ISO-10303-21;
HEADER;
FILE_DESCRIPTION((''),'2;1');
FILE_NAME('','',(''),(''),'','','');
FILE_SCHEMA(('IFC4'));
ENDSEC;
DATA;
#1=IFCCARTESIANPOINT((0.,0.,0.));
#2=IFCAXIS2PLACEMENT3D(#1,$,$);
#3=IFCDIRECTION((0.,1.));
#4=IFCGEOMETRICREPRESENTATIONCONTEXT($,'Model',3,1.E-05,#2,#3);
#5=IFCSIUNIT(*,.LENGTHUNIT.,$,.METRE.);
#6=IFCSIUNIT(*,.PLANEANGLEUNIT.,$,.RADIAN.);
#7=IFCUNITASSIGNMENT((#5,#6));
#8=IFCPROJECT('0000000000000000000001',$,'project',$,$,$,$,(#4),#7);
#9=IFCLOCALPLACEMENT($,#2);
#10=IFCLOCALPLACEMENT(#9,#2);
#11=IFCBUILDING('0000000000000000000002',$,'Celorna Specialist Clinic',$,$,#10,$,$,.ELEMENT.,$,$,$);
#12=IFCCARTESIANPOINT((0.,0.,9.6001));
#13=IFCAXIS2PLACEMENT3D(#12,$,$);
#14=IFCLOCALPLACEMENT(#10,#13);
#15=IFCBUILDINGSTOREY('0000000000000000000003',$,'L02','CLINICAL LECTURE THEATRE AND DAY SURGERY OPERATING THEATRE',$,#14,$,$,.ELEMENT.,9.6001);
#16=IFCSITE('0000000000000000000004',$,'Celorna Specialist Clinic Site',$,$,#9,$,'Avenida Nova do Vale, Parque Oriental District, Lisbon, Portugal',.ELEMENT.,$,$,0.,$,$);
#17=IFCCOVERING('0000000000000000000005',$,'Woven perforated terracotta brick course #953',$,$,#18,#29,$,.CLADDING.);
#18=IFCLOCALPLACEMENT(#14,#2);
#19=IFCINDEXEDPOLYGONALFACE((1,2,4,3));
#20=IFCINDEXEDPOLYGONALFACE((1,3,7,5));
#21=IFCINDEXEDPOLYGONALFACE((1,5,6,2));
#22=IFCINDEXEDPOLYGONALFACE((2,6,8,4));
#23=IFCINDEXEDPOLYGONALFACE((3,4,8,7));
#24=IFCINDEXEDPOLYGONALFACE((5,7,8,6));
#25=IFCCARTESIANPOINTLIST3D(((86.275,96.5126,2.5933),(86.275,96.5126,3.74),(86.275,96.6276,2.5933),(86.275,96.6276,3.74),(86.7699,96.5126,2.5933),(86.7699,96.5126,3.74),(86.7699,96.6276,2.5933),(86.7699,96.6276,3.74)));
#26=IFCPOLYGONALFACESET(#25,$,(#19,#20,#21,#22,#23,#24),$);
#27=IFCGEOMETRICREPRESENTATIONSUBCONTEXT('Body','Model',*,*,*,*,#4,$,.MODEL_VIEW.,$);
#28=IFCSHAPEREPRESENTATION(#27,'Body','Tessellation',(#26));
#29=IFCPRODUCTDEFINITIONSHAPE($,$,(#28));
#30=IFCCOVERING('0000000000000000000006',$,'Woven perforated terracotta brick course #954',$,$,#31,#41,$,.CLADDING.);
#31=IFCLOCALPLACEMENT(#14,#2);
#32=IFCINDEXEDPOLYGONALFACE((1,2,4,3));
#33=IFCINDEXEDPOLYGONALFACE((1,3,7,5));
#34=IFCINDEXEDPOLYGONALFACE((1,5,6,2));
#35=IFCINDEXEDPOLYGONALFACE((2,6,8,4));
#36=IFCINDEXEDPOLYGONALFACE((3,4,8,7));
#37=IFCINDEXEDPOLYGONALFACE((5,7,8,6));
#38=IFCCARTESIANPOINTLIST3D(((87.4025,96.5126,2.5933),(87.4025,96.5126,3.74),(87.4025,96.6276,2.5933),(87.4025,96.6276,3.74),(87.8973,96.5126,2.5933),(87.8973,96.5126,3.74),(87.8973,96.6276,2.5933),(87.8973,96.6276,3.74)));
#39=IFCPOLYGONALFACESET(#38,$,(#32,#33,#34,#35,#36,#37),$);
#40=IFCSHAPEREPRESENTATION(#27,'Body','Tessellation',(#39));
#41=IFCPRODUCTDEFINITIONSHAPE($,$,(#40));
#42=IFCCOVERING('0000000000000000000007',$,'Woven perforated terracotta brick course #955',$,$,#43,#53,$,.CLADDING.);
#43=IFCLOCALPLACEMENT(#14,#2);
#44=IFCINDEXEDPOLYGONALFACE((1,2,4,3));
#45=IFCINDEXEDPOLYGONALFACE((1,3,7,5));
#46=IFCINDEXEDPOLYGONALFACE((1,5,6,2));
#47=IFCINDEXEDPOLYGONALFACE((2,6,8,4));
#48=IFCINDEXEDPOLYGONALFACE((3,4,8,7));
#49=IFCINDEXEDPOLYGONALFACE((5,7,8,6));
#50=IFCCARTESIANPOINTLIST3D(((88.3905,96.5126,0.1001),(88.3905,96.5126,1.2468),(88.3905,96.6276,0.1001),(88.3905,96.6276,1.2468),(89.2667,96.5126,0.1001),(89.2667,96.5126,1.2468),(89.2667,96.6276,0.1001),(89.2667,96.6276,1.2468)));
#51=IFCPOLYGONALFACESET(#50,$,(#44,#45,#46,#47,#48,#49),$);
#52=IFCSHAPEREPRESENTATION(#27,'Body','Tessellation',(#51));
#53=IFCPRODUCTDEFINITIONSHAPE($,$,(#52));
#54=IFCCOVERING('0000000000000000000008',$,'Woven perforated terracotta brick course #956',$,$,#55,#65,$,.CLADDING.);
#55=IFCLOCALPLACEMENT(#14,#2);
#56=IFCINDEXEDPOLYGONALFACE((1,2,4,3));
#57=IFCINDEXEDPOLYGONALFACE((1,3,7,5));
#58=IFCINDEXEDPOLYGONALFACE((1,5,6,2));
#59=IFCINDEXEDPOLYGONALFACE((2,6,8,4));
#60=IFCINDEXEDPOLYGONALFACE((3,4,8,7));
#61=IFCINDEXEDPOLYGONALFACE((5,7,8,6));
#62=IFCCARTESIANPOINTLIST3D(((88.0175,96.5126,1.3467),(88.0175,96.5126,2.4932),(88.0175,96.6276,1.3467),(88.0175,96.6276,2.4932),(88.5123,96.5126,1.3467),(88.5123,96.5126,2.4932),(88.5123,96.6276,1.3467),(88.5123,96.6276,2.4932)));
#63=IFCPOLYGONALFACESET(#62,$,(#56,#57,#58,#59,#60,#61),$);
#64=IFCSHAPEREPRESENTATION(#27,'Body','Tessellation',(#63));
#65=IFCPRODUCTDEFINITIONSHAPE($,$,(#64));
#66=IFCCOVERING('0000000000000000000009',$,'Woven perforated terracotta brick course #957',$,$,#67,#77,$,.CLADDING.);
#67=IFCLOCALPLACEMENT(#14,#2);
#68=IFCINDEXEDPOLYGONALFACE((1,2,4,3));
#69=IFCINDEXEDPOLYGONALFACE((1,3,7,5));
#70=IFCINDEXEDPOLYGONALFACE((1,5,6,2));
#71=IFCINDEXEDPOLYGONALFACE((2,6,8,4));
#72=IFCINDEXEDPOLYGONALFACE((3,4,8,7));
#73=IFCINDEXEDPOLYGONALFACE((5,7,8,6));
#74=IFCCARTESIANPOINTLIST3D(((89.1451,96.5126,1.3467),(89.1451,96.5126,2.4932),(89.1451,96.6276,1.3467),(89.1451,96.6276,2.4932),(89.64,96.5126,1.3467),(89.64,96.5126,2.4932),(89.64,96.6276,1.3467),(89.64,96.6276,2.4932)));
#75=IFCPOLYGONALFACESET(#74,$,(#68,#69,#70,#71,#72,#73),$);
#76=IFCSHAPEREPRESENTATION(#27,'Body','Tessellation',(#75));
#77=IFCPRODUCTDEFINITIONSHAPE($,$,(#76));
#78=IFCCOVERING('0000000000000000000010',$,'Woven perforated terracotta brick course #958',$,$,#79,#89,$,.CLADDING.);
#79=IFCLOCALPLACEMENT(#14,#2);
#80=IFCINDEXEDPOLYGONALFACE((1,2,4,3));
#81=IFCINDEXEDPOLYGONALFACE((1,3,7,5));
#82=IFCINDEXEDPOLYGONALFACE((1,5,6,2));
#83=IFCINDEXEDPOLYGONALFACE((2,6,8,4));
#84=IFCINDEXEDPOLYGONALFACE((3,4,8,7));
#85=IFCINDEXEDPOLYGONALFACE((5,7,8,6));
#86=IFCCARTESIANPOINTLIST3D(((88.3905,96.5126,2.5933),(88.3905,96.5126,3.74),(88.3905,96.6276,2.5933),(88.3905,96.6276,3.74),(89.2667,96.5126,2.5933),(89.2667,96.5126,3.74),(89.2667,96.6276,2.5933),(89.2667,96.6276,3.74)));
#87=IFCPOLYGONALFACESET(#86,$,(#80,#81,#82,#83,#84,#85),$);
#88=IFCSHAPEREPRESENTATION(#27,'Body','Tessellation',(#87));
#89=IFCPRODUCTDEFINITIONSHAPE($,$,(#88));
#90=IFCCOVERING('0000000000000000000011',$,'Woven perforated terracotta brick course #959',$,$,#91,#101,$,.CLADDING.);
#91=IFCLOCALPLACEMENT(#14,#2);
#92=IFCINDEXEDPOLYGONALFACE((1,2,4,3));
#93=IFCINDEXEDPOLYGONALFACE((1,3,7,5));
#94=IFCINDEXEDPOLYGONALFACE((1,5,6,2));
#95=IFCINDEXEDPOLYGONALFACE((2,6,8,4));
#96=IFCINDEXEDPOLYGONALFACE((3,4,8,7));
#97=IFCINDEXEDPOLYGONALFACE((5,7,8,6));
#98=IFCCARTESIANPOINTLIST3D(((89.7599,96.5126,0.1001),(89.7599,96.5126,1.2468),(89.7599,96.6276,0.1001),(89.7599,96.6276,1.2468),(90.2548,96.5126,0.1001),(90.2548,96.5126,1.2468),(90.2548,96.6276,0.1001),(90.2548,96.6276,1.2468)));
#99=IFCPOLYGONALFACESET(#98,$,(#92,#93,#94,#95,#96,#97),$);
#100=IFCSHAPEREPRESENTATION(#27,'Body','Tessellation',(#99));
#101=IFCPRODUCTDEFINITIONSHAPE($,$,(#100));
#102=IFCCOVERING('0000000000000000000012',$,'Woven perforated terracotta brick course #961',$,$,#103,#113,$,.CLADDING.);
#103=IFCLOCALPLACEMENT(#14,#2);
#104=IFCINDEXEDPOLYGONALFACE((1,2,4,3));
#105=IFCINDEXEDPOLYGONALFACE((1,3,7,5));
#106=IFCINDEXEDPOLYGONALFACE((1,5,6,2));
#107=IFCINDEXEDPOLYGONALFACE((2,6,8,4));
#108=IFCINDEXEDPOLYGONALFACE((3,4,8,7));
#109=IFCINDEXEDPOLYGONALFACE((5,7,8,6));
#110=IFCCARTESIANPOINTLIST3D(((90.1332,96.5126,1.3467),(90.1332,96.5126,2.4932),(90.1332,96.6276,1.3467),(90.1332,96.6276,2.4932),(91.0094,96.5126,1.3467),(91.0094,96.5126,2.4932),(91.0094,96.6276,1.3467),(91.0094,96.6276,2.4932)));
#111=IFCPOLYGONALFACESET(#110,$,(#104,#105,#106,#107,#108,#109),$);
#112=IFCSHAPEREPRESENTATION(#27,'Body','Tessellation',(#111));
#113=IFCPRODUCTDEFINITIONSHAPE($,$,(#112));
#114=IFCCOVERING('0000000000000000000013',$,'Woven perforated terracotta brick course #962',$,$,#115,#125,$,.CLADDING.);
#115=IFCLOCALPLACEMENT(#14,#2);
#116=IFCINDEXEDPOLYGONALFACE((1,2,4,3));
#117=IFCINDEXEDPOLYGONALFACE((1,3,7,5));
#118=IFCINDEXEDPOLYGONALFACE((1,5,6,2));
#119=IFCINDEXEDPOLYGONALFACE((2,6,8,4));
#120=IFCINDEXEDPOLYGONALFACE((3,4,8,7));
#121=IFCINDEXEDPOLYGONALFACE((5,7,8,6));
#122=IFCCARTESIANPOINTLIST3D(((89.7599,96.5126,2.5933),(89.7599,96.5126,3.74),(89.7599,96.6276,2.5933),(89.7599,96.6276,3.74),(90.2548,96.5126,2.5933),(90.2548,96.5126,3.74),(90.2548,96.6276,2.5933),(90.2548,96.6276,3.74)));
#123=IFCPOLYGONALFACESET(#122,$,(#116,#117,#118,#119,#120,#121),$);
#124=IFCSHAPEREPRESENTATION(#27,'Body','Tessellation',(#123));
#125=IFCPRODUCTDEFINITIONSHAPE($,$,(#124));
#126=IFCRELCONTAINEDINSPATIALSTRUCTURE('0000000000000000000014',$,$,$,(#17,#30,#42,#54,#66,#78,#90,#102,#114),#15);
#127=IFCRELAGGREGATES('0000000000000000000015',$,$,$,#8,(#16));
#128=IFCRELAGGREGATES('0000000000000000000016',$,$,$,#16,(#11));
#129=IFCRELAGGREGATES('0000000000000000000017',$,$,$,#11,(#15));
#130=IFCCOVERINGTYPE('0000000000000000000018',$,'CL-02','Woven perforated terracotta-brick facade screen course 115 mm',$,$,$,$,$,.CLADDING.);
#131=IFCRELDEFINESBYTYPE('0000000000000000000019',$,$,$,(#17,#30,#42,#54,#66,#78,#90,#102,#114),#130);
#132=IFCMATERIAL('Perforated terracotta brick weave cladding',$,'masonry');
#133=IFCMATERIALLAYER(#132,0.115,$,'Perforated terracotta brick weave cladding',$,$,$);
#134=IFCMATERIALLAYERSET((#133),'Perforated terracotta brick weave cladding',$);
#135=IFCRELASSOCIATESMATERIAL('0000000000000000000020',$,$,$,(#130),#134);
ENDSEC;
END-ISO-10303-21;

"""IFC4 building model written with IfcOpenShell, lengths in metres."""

from ifc_helpers import new_model, si_unit, direction, frame, origin, origin_2d, place, context, subcontext, project, spatial, rectangle, extrude, material, layer, layer_set, type_object, element, save


model = new_model("IFC4")

# Units and contexts
model_context = context("Model", 3, precision=1e-05, world=origin(), true_north=direction((0.0, 1.0)))
body_context = subcontext(model_context, "Body", "Model", "MODEL_VIEW")
ifc_project = project(units=[si_unit("LENGTHUNIT", "METRE"), si_unit("PLANEANGLEUNIT", "RADIAN")], contexts=[model_context])

# Site, building, storey
site_placement = place(None, origin())
site = spatial("IfcSite", under=ifc_project, at=site_placement, Name="Celorna Specialist Clinic Site", LongName="Avenida Nova do Vale, Parque Oriental District, Lisbon, Portugal", CompositionType="ELEMENT", RefElevation=0.0)
building_placement = place(site_placement, origin())
building = spatial("IfcBuilding", under=site, at=building_placement, Name="Celorna Specialist Clinic", CompositionType="ELEMENT")
storey_placement = place(building_placement, frame((0.0, 0.0, 9.6001)))
storey = spatial("IfcBuildingStorey", under=building, at=storey_placement, Name="L02", Description="CLINICAL LECTURE THEATRE AND DAY SURGERY OPERATING THEATRE", CompositionType="ELEMENT", Elevation=9.6001)

# Coverings
ifc_material_1 = material(Name="Perforated terracotta brick weave cladding", Category="masonry")
ifc_layer_1 = layer(ifc_material_1, 0.115, Name="Perforated terracotta brick weave cladding")
ifc_layer_set_1 = layer_set([ifc_layer_1], Name="Perforated terracotta brick weave cladding")
covering_type = type_object("IfcCoveringType", Name="CL-02", Description="Woven perforated terracotta-brick facade screen course 115 mm", PredefinedType="CLADDING", material=ifc_layer_set_1)
for number, where, z_axis, x_axis, name in (
    (1, (86.5225, 96.5701, 2.5933), (0.0, 0.0, 1.0), (1.0, 0.0, 0.0), "Woven perforated terracotta brick course #953"),
    (2, (87.6499, 96.5701, 2.5933), (0.0, 0.0, 1.0), (1.0, 0.0, 0.0), "Woven perforated terracotta brick course #954"),
):
    element("IfcCovering", number, at=place(storey_placement, frame(where, z_axis=z_axis, x_axis=x_axis)), inside=storey, type_object=covering_type, Name=name, PredefinedType="CLADDING", context=body_context, shape_type="SweptSolid", body=[
        extrude(rectangle(XDim=0.4949, YDim=0.115, at=origin_2d()), origin(), (0.0, 0.0, 1.0), 1.1467),
    ])
covering_1_placement = place(storey_placement, frame((88.8286, 96.5701, 0.1001), z_axis=(0.0, 0.0, 1.0), x_axis=(1.0, 0.0, 0.0)))
element("IfcCovering", 3, at=covering_1_placement, inside=storey, type_object=covering_type, Name="Woven perforated terracotta brick course #955", PredefinedType="CLADDING", context=body_context, shape_type="SweptSolid", body=[
    extrude(rectangle(XDim=0.8762, YDim=0.115, at=origin_2d()), origin(), (0.0, 0.0, 1.0), 1.1467),
])
for number, where, z_axis, x_axis, name in (
    (4, (88.2649, 96.5701, 1.3467), (0.0, 0.0, 1.0), (1.0, 0.0, 0.0), "Woven perforated terracotta brick course #956"),
    (5, (89.3926, 96.5701, 1.3467), (0.0, 0.0, 1.0), (1.0, 0.0, 0.0), "Woven perforated terracotta brick course #957"),
):
    element("IfcCovering", number, at=place(storey_placement, frame(where, z_axis=z_axis, x_axis=x_axis)), inside=storey, type_object=covering_type, Name=name, PredefinedType="CLADDING", context=body_context, shape_type="SweptSolid", body=[
        extrude(rectangle(XDim=0.4949, YDim=0.115, at=origin_2d()), origin(), (0.0, 0.0, 1.0), 1.1465),
    ])
covering_2_placement = place(storey_placement, frame((88.8286, 96.5701, 2.5933), z_axis=(0.0, 0.0, 1.0), x_axis=(1.0, 0.0, 0.0)))
element("IfcCovering", 6, at=covering_2_placement, inside=storey, type_object=covering_type, Name="Woven perforated terracotta brick course #958", PredefinedType="CLADDING", context=body_context, shape_type="SweptSolid", body=[
    extrude(rectangle(XDim=0.8762, YDim=0.115, at=origin_2d()), origin(), (0.0, 0.0, 1.0), 1.1467),
])
covering_3_placement = place(storey_placement, frame((90.0073, 96.5701, 0.1001), z_axis=(0.0, 0.0, 1.0), x_axis=(1.0, 0.0, 0.0)))
element("IfcCovering", 7, at=covering_3_placement, inside=storey, type_object=covering_type, Name="Woven perforated terracotta brick course #959", PredefinedType="CLADDING", context=body_context, shape_type="SweptSolid", body=[
    extrude(rectangle(XDim=0.4949, YDim=0.115, at=origin_2d()), origin(), (0.0, 0.0, 1.0), 1.1467),
])
covering_4_placement = place(storey_placement, frame((90.5713, 96.5701, 1.3467), z_axis=(0.0, 0.0, 1.0), x_axis=(1.0, 0.0, 0.0)))
element("IfcCovering", 8, at=covering_4_placement, inside=storey, type_object=covering_type, Name="Woven perforated terracotta brick course #961", PredefinedType="CLADDING", context=body_context, shape_type="SweptSolid", body=[
    extrude(rectangle(XDim=0.8762, YDim=0.115, at=origin_2d()), origin(), (0.0, 0.0, 1.0), 1.1465),
])
covering_5_placement = place(storey_placement, frame((90.0073, 96.5701, 2.5933), z_axis=(0.0, 0.0, 1.0), x_axis=(1.0, 0.0, 0.0)))
element("IfcCovering", 9, at=covering_5_placement, inside=storey, type_object=covering_type, Name="Woven perforated terracotta brick course #962", PredefinedType="CLADDING", context=body_context, shape_type="SweptSolid", body=[
    extrude(rectangle(XDim=0.4949, YDim=0.115, at=origin_2d()), origin(), (0.0, 0.0, 1.0), 1.1467),
])

save(model, "model.ifc")
